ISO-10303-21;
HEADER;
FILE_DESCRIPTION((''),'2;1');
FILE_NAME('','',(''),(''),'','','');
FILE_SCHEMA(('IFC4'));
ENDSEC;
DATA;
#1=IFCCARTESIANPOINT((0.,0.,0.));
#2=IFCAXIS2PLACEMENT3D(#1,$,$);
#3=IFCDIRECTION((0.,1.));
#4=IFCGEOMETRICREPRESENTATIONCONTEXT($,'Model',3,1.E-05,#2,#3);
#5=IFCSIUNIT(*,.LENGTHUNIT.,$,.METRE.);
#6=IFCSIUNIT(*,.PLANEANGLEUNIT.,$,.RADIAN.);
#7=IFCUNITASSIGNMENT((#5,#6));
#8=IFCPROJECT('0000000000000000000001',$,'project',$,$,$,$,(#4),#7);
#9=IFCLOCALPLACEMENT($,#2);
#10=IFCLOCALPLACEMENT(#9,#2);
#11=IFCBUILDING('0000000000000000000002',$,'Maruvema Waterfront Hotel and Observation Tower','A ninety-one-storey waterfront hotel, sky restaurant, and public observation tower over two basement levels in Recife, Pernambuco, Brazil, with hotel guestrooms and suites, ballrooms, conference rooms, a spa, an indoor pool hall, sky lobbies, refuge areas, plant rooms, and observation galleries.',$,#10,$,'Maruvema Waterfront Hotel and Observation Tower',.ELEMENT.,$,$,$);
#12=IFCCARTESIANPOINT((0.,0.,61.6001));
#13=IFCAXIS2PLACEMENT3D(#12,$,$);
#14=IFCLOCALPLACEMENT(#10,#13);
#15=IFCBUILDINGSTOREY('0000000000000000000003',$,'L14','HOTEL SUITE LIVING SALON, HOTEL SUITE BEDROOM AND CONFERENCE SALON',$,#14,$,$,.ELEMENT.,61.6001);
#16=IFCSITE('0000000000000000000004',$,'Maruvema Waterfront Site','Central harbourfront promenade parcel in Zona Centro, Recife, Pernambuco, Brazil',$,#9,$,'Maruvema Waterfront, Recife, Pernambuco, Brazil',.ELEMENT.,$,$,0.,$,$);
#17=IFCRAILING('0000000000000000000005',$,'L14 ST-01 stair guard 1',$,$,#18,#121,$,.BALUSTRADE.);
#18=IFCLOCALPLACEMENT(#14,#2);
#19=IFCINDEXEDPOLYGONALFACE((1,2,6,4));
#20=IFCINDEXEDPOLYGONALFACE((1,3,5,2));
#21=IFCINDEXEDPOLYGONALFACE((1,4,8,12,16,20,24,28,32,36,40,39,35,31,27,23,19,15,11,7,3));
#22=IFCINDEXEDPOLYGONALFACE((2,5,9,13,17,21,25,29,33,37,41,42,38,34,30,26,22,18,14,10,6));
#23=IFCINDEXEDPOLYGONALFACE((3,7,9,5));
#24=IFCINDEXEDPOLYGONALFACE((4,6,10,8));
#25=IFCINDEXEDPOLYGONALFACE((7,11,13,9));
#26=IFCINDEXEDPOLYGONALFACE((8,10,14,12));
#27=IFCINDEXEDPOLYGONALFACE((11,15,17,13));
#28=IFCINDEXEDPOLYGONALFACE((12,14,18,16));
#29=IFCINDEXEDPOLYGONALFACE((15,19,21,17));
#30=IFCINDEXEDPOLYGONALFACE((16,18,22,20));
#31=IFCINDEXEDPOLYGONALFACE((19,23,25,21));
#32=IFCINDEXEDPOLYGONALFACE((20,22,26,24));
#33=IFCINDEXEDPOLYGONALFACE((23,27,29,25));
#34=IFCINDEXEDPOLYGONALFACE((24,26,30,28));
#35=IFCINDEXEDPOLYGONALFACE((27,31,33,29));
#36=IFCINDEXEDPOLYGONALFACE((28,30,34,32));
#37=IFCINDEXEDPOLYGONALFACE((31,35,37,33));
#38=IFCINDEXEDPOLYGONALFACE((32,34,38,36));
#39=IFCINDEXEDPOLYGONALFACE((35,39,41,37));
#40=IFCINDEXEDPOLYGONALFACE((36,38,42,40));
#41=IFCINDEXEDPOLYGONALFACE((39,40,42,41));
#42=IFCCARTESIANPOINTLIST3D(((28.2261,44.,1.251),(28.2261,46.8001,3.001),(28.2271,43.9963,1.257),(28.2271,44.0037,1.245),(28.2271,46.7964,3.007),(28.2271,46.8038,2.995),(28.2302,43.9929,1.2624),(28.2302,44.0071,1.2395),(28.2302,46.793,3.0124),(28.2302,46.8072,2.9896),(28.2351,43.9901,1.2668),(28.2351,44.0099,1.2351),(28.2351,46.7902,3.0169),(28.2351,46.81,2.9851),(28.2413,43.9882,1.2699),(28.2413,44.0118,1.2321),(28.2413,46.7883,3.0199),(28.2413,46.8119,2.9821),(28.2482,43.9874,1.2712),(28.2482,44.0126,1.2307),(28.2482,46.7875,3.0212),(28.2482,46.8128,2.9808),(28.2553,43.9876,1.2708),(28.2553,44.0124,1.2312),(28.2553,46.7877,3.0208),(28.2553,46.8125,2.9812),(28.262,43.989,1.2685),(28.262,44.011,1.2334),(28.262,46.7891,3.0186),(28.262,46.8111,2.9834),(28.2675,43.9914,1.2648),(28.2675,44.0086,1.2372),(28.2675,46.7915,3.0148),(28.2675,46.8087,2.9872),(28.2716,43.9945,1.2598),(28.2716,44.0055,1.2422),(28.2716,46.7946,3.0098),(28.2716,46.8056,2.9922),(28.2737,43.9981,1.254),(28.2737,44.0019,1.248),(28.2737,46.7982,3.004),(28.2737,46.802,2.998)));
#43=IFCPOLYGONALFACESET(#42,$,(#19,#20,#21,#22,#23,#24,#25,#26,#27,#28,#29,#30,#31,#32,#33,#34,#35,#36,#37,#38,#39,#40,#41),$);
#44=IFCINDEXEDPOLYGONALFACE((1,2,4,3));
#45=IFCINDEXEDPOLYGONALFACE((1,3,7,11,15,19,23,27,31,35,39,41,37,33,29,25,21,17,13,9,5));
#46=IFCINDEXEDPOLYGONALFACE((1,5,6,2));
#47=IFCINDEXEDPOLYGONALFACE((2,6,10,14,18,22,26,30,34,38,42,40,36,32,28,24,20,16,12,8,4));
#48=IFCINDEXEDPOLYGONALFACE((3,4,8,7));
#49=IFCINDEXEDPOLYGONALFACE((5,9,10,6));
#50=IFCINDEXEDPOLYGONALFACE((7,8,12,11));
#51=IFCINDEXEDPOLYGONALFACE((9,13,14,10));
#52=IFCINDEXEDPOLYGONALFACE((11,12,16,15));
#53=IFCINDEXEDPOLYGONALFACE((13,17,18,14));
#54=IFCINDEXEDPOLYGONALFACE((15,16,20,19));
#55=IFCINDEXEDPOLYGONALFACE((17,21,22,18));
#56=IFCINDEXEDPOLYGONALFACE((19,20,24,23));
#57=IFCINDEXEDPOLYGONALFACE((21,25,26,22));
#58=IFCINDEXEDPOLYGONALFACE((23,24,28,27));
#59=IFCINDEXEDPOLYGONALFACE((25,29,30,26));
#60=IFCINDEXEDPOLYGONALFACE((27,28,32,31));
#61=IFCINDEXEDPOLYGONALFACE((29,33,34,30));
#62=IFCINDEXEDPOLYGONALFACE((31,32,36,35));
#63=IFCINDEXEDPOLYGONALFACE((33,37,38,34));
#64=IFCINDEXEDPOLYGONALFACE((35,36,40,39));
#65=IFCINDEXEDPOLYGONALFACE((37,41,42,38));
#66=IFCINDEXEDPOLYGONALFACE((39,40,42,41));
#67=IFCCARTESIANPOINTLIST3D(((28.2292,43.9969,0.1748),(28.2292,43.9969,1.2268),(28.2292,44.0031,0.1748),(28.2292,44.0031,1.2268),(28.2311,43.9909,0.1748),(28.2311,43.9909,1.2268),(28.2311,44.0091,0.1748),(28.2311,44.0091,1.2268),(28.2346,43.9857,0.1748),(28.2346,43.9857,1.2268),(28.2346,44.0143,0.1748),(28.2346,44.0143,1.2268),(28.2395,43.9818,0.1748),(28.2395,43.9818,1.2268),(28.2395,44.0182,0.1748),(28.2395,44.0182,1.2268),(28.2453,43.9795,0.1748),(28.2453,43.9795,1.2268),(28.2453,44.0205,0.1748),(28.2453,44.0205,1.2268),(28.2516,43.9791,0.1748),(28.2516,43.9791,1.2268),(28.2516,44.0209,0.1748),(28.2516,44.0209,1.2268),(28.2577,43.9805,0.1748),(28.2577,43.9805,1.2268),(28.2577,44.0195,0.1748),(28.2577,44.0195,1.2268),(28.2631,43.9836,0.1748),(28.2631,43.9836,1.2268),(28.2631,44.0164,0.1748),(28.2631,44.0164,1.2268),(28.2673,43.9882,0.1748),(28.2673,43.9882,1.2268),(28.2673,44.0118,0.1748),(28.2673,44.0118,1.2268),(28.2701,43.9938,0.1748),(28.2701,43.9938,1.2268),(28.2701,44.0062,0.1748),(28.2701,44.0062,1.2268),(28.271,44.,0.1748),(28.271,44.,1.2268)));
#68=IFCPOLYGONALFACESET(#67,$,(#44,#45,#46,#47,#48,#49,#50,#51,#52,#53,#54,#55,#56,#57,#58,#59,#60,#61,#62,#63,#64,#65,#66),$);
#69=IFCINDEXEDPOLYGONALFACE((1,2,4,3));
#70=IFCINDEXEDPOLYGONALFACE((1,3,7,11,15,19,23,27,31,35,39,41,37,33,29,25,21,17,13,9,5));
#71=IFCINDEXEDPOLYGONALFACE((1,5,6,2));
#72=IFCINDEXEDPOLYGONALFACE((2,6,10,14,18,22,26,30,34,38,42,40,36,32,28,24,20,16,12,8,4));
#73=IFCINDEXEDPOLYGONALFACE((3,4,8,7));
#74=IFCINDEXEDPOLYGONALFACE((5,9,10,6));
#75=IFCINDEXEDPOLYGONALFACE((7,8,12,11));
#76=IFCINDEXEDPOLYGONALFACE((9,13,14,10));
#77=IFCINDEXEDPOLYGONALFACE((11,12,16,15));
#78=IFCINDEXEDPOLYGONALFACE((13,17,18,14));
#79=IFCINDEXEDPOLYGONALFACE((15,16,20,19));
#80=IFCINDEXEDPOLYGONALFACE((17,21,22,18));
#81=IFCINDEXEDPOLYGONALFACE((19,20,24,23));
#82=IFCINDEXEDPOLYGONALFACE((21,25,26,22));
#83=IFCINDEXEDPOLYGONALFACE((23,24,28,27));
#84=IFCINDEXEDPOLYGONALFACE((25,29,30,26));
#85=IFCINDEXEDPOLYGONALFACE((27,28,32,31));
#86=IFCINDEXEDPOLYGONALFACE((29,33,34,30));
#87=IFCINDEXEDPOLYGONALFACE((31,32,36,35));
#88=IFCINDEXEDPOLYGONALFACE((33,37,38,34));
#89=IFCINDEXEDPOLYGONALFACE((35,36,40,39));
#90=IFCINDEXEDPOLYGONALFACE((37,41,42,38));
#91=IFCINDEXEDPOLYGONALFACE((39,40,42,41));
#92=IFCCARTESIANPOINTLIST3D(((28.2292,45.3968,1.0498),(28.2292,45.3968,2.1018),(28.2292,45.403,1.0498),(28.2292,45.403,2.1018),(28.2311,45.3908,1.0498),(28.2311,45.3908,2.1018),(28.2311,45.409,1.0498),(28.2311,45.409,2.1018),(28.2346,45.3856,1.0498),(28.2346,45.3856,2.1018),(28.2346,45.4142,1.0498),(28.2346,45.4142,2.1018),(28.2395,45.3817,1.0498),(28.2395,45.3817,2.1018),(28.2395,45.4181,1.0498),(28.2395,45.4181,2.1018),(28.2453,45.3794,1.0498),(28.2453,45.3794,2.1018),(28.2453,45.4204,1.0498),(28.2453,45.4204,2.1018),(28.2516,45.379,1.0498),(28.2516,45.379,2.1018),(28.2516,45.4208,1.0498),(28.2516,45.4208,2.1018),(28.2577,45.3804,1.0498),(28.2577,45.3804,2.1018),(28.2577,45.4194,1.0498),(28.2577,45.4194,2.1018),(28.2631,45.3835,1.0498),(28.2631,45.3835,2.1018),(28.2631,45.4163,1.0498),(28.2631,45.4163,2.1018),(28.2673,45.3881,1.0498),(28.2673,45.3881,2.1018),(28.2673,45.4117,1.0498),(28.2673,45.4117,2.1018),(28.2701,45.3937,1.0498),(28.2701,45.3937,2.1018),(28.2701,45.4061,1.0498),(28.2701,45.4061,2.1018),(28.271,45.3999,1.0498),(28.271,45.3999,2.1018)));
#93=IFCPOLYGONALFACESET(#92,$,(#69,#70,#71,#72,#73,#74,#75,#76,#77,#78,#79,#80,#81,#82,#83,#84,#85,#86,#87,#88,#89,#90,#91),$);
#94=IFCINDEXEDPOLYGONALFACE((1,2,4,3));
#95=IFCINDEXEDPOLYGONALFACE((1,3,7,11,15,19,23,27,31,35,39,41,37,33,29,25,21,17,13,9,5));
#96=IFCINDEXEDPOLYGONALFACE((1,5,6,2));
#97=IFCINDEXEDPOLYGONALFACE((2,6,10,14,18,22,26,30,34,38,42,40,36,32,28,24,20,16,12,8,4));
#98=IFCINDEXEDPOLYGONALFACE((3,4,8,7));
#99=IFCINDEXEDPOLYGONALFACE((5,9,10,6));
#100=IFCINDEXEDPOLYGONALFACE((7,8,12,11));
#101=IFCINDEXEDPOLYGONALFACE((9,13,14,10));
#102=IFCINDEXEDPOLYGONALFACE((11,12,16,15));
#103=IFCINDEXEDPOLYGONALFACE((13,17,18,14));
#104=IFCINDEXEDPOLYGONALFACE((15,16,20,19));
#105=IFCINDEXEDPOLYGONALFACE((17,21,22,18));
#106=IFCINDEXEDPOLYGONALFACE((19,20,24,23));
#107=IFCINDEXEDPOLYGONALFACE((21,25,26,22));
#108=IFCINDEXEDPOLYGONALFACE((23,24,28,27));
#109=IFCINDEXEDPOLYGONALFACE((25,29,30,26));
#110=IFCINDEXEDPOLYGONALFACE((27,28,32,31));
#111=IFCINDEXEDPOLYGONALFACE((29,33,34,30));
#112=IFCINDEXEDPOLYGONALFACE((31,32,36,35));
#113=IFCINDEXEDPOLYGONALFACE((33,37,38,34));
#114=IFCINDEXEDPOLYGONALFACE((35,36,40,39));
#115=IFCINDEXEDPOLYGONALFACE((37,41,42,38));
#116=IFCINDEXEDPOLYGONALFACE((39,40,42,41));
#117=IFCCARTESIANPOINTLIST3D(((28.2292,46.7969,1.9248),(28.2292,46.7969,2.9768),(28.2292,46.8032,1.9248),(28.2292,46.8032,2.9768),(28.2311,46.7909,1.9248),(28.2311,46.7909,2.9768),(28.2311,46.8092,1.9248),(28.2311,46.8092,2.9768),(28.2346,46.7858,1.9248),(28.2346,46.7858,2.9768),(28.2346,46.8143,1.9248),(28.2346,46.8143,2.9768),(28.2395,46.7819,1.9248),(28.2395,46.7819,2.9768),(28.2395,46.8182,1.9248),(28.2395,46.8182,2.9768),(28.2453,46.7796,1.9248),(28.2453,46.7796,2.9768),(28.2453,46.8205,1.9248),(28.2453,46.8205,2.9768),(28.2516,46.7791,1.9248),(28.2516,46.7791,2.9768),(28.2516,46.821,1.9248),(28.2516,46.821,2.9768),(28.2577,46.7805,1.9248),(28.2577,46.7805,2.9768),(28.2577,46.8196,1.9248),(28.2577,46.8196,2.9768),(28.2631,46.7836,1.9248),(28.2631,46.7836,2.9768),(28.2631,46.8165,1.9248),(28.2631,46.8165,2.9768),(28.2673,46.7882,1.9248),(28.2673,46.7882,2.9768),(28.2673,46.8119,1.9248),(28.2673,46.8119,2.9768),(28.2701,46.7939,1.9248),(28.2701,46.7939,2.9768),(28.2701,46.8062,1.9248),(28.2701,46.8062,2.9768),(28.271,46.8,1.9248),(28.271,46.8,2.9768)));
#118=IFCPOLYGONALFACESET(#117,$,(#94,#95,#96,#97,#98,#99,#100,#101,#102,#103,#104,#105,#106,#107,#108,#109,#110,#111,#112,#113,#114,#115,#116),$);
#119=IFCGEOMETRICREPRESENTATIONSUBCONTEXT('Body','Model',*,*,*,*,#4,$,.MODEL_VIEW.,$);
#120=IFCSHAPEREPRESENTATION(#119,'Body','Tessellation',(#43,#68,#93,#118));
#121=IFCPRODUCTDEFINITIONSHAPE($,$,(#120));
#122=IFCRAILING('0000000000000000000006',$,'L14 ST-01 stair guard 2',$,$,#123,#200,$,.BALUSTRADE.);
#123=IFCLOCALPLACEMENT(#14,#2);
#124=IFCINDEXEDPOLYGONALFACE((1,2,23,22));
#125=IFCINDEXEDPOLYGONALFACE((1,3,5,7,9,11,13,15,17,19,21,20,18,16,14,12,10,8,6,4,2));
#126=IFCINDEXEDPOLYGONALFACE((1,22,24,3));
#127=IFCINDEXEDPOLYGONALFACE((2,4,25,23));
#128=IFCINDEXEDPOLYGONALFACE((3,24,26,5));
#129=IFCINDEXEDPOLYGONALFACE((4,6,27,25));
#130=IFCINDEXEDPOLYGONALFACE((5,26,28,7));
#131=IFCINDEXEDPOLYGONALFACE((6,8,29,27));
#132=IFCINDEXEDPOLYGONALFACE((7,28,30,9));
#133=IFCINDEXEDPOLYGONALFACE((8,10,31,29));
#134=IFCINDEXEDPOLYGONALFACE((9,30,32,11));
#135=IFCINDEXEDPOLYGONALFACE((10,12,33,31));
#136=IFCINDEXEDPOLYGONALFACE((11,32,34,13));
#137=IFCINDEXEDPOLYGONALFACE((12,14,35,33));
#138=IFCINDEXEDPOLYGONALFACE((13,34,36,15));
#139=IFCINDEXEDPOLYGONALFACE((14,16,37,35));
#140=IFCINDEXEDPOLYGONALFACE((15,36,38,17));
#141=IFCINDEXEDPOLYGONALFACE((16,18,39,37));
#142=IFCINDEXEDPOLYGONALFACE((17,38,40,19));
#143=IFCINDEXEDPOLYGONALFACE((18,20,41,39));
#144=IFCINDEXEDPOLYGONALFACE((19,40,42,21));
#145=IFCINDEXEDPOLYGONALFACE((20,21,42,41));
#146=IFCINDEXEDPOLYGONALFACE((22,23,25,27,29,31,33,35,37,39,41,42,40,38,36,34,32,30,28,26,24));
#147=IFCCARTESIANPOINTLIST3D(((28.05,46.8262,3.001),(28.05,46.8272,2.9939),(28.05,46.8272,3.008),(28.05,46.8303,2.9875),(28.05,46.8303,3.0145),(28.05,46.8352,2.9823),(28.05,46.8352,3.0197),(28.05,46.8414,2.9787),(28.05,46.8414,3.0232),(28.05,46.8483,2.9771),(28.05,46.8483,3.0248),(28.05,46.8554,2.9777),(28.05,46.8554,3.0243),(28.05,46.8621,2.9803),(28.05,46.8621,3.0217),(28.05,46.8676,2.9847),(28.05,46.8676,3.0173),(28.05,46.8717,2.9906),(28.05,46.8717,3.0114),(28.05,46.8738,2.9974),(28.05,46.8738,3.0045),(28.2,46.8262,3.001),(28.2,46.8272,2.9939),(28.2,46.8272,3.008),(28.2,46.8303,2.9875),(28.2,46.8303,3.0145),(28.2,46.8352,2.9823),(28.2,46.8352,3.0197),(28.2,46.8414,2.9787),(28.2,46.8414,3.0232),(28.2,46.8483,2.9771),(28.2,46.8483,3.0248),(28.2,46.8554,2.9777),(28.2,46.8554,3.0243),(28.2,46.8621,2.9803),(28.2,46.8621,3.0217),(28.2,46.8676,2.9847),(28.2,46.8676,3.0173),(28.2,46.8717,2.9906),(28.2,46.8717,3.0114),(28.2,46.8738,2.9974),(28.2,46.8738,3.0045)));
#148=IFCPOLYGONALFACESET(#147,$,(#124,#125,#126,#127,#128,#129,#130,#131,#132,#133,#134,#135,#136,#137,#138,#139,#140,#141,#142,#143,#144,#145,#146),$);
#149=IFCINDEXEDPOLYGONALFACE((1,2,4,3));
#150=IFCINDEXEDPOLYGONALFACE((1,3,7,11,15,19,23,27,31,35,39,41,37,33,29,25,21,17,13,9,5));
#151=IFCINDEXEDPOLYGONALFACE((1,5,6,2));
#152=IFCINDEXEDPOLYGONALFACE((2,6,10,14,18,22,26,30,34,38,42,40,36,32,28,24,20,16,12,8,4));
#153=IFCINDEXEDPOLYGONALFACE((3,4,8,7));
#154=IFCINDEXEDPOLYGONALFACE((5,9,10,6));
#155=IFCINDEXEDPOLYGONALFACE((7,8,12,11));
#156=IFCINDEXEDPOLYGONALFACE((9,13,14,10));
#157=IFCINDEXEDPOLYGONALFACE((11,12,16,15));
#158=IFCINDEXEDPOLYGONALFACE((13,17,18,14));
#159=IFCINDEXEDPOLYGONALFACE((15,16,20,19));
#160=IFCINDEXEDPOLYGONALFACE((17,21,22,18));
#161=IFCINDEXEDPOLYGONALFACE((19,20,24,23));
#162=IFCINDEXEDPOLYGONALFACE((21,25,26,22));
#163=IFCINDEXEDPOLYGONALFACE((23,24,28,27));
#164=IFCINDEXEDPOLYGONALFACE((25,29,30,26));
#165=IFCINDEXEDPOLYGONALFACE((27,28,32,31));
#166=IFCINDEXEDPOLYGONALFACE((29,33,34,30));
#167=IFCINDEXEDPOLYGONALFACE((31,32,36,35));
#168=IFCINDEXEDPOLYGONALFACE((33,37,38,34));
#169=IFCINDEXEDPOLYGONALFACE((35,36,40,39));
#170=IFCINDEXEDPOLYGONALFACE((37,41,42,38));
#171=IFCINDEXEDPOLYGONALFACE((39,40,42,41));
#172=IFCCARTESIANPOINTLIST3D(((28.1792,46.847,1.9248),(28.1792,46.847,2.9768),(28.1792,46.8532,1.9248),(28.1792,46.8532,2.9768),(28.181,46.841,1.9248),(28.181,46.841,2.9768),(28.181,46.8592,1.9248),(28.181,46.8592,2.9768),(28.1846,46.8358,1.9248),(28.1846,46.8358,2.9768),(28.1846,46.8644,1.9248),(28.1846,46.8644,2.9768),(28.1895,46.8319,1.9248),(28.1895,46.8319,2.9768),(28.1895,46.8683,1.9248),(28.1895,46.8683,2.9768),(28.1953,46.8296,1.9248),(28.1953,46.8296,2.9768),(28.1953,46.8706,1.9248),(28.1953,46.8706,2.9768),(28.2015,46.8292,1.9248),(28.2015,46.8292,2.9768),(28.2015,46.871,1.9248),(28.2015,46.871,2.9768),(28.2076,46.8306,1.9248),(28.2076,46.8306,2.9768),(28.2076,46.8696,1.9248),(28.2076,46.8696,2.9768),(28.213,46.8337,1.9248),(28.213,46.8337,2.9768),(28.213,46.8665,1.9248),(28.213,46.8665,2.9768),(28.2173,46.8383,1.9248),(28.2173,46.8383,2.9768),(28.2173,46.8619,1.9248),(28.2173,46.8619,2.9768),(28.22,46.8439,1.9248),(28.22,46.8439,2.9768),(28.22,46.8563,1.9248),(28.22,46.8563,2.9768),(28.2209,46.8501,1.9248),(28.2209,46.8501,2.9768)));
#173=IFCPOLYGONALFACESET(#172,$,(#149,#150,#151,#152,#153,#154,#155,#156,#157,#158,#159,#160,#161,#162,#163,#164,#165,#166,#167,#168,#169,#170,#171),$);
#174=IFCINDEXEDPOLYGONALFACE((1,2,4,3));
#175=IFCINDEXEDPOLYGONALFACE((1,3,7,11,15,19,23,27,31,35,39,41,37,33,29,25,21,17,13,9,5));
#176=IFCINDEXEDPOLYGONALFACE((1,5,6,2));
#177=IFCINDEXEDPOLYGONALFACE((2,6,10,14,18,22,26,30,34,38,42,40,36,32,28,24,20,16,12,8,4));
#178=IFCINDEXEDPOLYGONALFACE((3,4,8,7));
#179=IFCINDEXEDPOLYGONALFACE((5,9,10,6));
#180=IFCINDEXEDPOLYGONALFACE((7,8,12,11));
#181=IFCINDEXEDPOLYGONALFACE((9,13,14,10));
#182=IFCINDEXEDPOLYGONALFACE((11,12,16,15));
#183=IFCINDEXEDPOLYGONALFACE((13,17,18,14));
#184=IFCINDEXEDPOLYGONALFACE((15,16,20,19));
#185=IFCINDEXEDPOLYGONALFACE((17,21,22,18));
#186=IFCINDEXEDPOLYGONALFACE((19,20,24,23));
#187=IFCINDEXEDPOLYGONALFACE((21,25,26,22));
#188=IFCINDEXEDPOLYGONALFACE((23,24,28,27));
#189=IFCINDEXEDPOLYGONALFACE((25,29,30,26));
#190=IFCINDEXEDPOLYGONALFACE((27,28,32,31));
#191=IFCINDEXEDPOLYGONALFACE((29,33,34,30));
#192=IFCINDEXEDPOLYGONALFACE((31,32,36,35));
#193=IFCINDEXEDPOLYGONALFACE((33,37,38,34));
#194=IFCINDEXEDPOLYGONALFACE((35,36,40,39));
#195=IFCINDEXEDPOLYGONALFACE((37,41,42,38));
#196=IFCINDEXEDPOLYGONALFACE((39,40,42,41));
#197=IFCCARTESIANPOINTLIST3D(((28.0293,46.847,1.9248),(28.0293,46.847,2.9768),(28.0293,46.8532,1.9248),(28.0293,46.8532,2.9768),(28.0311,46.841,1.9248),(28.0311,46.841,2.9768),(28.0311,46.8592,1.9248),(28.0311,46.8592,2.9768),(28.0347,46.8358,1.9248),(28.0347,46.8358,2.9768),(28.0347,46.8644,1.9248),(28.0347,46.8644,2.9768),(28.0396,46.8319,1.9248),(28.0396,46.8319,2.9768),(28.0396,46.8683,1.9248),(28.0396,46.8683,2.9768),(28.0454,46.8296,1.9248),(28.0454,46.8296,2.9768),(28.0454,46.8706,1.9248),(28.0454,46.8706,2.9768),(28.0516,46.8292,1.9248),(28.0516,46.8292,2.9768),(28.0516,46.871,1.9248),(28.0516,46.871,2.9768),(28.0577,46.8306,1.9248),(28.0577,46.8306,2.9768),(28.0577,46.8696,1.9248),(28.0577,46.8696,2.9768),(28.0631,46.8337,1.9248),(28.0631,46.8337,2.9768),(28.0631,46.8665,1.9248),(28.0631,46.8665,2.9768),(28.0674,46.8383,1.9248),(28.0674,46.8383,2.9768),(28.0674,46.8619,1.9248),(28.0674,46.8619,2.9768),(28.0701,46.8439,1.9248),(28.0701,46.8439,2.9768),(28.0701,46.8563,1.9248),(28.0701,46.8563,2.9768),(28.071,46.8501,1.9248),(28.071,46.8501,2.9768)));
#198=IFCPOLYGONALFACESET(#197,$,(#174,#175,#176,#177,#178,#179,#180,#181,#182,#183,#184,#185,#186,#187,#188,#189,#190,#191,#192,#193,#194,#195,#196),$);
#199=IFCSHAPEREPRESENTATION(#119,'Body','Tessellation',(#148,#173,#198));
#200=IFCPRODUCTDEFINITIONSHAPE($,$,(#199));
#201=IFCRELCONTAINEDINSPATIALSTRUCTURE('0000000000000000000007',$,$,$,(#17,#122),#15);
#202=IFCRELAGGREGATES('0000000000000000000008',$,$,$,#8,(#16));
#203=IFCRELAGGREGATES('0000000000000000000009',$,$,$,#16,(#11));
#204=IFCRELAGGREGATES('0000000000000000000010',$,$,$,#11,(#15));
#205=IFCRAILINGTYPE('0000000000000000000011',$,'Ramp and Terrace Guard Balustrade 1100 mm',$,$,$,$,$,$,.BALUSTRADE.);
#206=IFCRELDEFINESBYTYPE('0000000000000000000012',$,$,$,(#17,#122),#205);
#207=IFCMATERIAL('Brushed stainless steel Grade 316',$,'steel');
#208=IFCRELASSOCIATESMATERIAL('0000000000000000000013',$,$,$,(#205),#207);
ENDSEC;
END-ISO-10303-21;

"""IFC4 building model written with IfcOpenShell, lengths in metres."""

from ifc_helpers import new_model, si_unit, direction, frame, origin, origin_2d, place, context, subcontext, project, spatial, circle, extrude, material, type_object, element, save


model = new_model("IFC4")

# Units and contexts
model_context = context("Model", 3, precision=1e-05, world=origin(), true_north=direction((0.0, 1.0)))
body_context = subcontext(model_context, "Body", "Model", "MODEL_VIEW")
ifc_project = project(units=[si_unit("LENGTHUNIT", "METRE"), si_unit("PLANEANGLEUNIT", "RADIAN")], contexts=[model_context])

# Site, building, storey
site_placement = place(None, origin())
site = spatial("IfcSite", under=ifc_project, at=site_placement, Name="Maruvema Waterfront Site", Description="Central harbourfront promenade parcel in Zona Centro, Recife, Pernambuco, Brazil", LongName="Maruvema Waterfront, Recife, Pernambuco, Brazil", CompositionType="ELEMENT", RefElevation=0.0)
building_placement = place(site_placement, origin())
building = spatial("IfcBuilding", under=site, at=building_placement, Name="Maruvema Waterfront Hotel and Observation Tower", Description="A ninety-one-storey waterfront hotel, sky restaurant, and public observation tower over two basement levels in Recife, Pernambuco, Brazil, with hotel guestrooms and suites, ballrooms, conference rooms, a spa, an indoor pool hall, sky lobbies, refuge areas, plant rooms, and observation galleries.", LongName="Maruvema Waterfront Hotel and Observation Tower", CompositionType="ELEMENT")
storey_placement = place(building_placement, frame((0.0, 0.0, 61.6001)))
storey = spatial("IfcBuildingStorey", under=building, at=storey_placement, Name="L14", Description="HOTEL SUITE LIVING SALON, HOTEL SUITE BEDROOM AND CONFERENCE SALON", CompositionType="ELEMENT", Elevation=61.6001)

# Railings
ifc_material_1 = material(Name="Brushed stainless steel Grade 316", Category="steel")
railing_type_1 = type_object("IfcRailingType", Name="Ramp and Terrace Guard Balustrade 1100 mm", PredefinedType="BALUSTRADE", material=ifc_material_1)
railing_1_placement = place(storey_placement, frame((28.25, 44.0, 0.1748)))
element("IfcRailing", 1, at=railing_1_placement, inside=storey, type_object=railing_type_1, Name="L14 ST-01 stair guard 1", PredefinedType="BALUSTRADE", context=body_context, shape_type="SweptSolid", body=[
    extrude(circle(Radius=0.0239, at=origin_2d()), frame((0.0, 0.0, 1.0762), z_axis=(0.0, 0.848002, 0.529992), x_axis=(-1.0, 0.0, 0.0)), (0.0, 0.0, 1.0), 3.302),
    extrude(circle(Radius=0.021, at=origin_2d()), origin(), (0.0, 0.0, 1.0), 1.052),
    extrude(circle(Radius=0.021, at=origin_2d()), frame((0.0, 1.3999, 0.875)), (0.0, 0.0, 1.0), 1.052),
    extrude(circle(Radius=0.021, at=origin_2d()), frame((0.0, 2.8, 1.75)), (0.0, 0.0, 1.0), 1.052),
])
railing_2_placement = place(storey_placement, frame((28.2, 46.8501, 1.9248)))
element("IfcRailing", 2, at=railing_2_placement, inside=storey, type_object=railing_type_1, Name="L14 ST-01 stair guard 2", PredefinedType="BALUSTRADE", context=body_context, shape_type="SweptSolid", body=[
    extrude(circle(Radius=0.0239, at=origin_2d()), frame((0.0, 0.0, 1.0762), z_axis=(-1.0, 0.0, 0.0), x_axis=(0.0, -1.0, 0.0)), (0.0, 0.0, 1.0), 0.1499),
    extrude(circle(Radius=0.021, at=origin_2d()), origin(), (0.0, 0.0, 1.0), 1.052),
    extrude(circle(Radius=0.021, at=origin_2d()), frame((-0.1499, 0.0, 0.0)), (0.0, 0.0, 1.0), 1.052),
])

save(model, "model.ifc")
